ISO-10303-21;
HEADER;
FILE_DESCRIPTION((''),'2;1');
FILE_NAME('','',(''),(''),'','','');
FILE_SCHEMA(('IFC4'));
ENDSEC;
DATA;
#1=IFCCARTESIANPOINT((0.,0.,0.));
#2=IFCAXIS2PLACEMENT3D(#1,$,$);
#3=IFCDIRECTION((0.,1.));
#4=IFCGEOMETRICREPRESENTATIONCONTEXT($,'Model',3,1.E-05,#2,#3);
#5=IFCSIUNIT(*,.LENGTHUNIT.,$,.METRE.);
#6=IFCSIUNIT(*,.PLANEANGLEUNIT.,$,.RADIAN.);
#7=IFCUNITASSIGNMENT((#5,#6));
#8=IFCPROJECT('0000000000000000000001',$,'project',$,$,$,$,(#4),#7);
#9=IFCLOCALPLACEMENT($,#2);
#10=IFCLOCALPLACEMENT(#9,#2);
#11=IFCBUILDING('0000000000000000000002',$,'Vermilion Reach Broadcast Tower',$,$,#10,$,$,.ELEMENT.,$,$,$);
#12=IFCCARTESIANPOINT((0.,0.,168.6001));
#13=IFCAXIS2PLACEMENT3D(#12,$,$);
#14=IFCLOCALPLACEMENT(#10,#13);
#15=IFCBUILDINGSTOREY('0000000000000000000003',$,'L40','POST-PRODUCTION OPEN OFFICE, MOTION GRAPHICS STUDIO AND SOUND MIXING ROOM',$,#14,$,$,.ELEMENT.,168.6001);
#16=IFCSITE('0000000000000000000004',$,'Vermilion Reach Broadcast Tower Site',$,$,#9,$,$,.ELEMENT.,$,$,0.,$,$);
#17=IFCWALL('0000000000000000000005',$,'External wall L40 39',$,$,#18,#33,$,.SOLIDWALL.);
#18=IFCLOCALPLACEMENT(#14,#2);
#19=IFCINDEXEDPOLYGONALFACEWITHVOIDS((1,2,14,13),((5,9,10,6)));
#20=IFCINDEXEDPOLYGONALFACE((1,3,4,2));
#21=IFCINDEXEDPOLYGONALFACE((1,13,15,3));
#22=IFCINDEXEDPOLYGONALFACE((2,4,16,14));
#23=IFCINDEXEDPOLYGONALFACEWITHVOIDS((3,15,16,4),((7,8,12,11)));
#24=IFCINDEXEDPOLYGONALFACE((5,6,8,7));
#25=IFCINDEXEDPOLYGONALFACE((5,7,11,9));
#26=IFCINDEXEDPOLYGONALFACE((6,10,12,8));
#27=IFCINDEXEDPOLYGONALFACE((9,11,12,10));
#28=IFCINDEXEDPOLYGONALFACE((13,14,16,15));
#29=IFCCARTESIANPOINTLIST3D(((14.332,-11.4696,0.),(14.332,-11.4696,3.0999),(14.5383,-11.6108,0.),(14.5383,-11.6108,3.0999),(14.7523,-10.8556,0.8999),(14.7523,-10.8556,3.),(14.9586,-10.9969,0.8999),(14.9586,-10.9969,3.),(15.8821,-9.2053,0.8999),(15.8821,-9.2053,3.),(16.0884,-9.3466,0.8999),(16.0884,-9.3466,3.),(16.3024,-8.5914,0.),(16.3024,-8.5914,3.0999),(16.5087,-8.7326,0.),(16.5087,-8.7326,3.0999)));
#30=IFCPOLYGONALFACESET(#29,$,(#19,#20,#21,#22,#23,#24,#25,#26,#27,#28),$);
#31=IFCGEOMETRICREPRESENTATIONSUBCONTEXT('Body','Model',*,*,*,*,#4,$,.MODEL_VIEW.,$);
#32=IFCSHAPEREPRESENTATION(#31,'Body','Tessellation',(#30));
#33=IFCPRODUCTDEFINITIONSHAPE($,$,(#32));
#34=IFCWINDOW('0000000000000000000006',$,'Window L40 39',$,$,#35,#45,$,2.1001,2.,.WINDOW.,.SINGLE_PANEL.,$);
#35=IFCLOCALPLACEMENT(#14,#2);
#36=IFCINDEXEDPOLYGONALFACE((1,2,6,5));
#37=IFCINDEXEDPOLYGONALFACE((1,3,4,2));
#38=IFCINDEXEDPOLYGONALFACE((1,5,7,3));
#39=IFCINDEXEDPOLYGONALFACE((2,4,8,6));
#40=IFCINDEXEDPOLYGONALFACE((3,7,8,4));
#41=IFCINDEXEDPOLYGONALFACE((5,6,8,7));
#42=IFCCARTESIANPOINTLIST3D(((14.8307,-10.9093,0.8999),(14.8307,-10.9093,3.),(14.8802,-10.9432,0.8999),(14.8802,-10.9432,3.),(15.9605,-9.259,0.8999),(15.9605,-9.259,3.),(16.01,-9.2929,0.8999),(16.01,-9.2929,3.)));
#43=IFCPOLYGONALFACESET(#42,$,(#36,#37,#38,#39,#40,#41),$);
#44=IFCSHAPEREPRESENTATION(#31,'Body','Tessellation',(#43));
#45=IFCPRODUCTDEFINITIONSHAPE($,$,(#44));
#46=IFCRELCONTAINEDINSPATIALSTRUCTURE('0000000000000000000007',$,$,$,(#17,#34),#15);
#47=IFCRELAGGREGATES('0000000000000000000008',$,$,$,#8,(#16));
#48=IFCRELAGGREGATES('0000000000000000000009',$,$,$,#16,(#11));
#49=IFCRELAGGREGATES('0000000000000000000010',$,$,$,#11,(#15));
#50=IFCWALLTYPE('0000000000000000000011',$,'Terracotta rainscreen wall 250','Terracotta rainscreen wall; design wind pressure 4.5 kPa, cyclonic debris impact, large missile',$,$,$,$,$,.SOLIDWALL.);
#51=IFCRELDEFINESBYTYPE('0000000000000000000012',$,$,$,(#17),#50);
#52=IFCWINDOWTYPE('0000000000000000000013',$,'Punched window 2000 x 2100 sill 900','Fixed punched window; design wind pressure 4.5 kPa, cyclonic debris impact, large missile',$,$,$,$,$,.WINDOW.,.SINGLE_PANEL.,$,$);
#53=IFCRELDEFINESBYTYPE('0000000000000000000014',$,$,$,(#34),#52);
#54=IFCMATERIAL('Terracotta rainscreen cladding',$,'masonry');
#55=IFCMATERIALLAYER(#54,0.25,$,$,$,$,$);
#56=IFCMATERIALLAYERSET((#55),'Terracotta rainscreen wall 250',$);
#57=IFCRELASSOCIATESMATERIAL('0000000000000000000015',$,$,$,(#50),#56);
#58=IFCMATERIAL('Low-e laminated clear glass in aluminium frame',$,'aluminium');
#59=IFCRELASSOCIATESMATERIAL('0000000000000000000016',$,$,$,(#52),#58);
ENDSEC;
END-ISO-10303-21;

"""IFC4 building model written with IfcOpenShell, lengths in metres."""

from ifc_helpers import new_model, si_unit, direction, frame, frame_2d, origin, place, context, subcontext, project, spatial, rectangle, extrude, material, layer, layer_set, type_object, element, fill, save


model = new_model("IFC4")

# Units and contexts
model_context = context("Model", 3, precision=1e-05, world=origin(), true_north=direction((0.0, 1.0)))
body_context = subcontext(model_context, "Body", "Model", "MODEL_VIEW")
ifc_project = project(units=[si_unit("LENGTHUNIT", "METRE"), si_unit("PLANEANGLEUNIT", "RADIAN")], contexts=[model_context])

# Site, building, storey
site_placement = place(None, origin())
site = spatial("IfcSite", under=ifc_project, at=site_placement, Name="Vermilion Reach Broadcast Tower Site", CompositionType="ELEMENT", RefElevation=0.0)
building_placement = place(site_placement, origin())
building = spatial("IfcBuilding", under=site, at=building_placement, Name="Vermilion Reach Broadcast Tower", CompositionType="ELEMENT")
storey_placement = place(building_placement, frame((0.0, 0.0, 168.6001)))
storey = spatial("IfcBuildingStorey", under=building, at=storey_placement, Name="L40", Description="POST-PRODUCTION OPEN OFFICE, MOTION GRAPHICS STUDIO AND SOUND MIXING ROOM", CompositionType="ELEMENT", Elevation=168.6001)

# Shared definitions
ifc_material_1 = material(Name="Terracotta rainscreen cladding", Category="masonry")
ifc_layer_1 = layer(ifc_material_1, 0.25)
ifc_layer_set_1 = layer_set([ifc_layer_1], Name="Terracotta rainscreen wall 250")
wall_type_1 = type_object("IfcWallType", Name="Terracotta rainscreen wall 250", Description="Terracotta rainscreen wall; design wind pressure 4.5 kPa, cyclonic debris impact, large missile", PredefinedType="SOLIDWALL", material=ifc_layer_set_1)

# Wall, opening, window
wall_1_placement = place(storey_placement, frame((14.4351, -11.5403, 0.0), z_axis=(0.0, 0.0, 1.0), x_axis=(0.564915, 0.825149, 0.0)))
wall_1 = element("IfcWall", 1, at=wall_1_placement, inside=storey, type_object=wall_type_1, Name="External wall L40 39", PredefinedType="SOLIDWALL", context=body_context, shape_type="SweptSolid", body=[
    extrude(rectangle(XDim=3.488, YDim=0.25, at=frame_2d((1.7441, 0.0))), origin(), (0.0, 0.0, 1.0), 3.0999),
])
opening_placement = place(wall_1_placement, frame((0.7441, 0.0, 0.8999)))
opening = element("IfcOpeningElement", 2, at=opening_placement, cuts=wall_1, PredefinedType="OPENING", context=body_context, shape_type="SweptSolid", body=[
    extrude(rectangle(XDim=2.0, YDim=2.1001, at=frame_2d((1.0, 1.05))), frame((0.0, 0.135, 0.0), z_axis=(0.0, -1.0, 0.0), x_axis=(1.0, 0.0, 0.0)), (0.0, 0.0, 1.0), 0.27),
])
ifc_material_2 = material(Name="Low-e laminated clear glass in aluminium frame", Category="aluminium")
window_type = type_object("IfcWindowType", Name="Punched window 2000 x 2100 sill 900", Description="Fixed punched window; design wind pressure 4.5 kPa, cyclonic debris impact, large missile", PartitioningType="SINGLE_PANEL", PredefinedType="WINDOW", material=ifc_material_2)
window_placement = place(opening_placement, origin())
window = element("IfcWindow", 3, at=window_placement, inside=storey, type_object=window_type, Name="Window L40 39", OverallHeight=2.1001, OverallWidth=2.0, PartitioningType="SINGLE_PANEL", PredefinedType="WINDOW", context=body_context, shape_type="SweptSolid", body=[
    extrude(rectangle(XDim=2.0, YDim=2.1001, at=frame_2d((1.0, 1.05))), frame((0.0, 0.03, 0.0), z_axis=(0.0, -1.0, 0.0), x_axis=(1.0, 0.0, 0.0)), (0.0, 0.0, 1.0), 0.0601),
])
fill(opening, window)

save(model, "model.ifc")
